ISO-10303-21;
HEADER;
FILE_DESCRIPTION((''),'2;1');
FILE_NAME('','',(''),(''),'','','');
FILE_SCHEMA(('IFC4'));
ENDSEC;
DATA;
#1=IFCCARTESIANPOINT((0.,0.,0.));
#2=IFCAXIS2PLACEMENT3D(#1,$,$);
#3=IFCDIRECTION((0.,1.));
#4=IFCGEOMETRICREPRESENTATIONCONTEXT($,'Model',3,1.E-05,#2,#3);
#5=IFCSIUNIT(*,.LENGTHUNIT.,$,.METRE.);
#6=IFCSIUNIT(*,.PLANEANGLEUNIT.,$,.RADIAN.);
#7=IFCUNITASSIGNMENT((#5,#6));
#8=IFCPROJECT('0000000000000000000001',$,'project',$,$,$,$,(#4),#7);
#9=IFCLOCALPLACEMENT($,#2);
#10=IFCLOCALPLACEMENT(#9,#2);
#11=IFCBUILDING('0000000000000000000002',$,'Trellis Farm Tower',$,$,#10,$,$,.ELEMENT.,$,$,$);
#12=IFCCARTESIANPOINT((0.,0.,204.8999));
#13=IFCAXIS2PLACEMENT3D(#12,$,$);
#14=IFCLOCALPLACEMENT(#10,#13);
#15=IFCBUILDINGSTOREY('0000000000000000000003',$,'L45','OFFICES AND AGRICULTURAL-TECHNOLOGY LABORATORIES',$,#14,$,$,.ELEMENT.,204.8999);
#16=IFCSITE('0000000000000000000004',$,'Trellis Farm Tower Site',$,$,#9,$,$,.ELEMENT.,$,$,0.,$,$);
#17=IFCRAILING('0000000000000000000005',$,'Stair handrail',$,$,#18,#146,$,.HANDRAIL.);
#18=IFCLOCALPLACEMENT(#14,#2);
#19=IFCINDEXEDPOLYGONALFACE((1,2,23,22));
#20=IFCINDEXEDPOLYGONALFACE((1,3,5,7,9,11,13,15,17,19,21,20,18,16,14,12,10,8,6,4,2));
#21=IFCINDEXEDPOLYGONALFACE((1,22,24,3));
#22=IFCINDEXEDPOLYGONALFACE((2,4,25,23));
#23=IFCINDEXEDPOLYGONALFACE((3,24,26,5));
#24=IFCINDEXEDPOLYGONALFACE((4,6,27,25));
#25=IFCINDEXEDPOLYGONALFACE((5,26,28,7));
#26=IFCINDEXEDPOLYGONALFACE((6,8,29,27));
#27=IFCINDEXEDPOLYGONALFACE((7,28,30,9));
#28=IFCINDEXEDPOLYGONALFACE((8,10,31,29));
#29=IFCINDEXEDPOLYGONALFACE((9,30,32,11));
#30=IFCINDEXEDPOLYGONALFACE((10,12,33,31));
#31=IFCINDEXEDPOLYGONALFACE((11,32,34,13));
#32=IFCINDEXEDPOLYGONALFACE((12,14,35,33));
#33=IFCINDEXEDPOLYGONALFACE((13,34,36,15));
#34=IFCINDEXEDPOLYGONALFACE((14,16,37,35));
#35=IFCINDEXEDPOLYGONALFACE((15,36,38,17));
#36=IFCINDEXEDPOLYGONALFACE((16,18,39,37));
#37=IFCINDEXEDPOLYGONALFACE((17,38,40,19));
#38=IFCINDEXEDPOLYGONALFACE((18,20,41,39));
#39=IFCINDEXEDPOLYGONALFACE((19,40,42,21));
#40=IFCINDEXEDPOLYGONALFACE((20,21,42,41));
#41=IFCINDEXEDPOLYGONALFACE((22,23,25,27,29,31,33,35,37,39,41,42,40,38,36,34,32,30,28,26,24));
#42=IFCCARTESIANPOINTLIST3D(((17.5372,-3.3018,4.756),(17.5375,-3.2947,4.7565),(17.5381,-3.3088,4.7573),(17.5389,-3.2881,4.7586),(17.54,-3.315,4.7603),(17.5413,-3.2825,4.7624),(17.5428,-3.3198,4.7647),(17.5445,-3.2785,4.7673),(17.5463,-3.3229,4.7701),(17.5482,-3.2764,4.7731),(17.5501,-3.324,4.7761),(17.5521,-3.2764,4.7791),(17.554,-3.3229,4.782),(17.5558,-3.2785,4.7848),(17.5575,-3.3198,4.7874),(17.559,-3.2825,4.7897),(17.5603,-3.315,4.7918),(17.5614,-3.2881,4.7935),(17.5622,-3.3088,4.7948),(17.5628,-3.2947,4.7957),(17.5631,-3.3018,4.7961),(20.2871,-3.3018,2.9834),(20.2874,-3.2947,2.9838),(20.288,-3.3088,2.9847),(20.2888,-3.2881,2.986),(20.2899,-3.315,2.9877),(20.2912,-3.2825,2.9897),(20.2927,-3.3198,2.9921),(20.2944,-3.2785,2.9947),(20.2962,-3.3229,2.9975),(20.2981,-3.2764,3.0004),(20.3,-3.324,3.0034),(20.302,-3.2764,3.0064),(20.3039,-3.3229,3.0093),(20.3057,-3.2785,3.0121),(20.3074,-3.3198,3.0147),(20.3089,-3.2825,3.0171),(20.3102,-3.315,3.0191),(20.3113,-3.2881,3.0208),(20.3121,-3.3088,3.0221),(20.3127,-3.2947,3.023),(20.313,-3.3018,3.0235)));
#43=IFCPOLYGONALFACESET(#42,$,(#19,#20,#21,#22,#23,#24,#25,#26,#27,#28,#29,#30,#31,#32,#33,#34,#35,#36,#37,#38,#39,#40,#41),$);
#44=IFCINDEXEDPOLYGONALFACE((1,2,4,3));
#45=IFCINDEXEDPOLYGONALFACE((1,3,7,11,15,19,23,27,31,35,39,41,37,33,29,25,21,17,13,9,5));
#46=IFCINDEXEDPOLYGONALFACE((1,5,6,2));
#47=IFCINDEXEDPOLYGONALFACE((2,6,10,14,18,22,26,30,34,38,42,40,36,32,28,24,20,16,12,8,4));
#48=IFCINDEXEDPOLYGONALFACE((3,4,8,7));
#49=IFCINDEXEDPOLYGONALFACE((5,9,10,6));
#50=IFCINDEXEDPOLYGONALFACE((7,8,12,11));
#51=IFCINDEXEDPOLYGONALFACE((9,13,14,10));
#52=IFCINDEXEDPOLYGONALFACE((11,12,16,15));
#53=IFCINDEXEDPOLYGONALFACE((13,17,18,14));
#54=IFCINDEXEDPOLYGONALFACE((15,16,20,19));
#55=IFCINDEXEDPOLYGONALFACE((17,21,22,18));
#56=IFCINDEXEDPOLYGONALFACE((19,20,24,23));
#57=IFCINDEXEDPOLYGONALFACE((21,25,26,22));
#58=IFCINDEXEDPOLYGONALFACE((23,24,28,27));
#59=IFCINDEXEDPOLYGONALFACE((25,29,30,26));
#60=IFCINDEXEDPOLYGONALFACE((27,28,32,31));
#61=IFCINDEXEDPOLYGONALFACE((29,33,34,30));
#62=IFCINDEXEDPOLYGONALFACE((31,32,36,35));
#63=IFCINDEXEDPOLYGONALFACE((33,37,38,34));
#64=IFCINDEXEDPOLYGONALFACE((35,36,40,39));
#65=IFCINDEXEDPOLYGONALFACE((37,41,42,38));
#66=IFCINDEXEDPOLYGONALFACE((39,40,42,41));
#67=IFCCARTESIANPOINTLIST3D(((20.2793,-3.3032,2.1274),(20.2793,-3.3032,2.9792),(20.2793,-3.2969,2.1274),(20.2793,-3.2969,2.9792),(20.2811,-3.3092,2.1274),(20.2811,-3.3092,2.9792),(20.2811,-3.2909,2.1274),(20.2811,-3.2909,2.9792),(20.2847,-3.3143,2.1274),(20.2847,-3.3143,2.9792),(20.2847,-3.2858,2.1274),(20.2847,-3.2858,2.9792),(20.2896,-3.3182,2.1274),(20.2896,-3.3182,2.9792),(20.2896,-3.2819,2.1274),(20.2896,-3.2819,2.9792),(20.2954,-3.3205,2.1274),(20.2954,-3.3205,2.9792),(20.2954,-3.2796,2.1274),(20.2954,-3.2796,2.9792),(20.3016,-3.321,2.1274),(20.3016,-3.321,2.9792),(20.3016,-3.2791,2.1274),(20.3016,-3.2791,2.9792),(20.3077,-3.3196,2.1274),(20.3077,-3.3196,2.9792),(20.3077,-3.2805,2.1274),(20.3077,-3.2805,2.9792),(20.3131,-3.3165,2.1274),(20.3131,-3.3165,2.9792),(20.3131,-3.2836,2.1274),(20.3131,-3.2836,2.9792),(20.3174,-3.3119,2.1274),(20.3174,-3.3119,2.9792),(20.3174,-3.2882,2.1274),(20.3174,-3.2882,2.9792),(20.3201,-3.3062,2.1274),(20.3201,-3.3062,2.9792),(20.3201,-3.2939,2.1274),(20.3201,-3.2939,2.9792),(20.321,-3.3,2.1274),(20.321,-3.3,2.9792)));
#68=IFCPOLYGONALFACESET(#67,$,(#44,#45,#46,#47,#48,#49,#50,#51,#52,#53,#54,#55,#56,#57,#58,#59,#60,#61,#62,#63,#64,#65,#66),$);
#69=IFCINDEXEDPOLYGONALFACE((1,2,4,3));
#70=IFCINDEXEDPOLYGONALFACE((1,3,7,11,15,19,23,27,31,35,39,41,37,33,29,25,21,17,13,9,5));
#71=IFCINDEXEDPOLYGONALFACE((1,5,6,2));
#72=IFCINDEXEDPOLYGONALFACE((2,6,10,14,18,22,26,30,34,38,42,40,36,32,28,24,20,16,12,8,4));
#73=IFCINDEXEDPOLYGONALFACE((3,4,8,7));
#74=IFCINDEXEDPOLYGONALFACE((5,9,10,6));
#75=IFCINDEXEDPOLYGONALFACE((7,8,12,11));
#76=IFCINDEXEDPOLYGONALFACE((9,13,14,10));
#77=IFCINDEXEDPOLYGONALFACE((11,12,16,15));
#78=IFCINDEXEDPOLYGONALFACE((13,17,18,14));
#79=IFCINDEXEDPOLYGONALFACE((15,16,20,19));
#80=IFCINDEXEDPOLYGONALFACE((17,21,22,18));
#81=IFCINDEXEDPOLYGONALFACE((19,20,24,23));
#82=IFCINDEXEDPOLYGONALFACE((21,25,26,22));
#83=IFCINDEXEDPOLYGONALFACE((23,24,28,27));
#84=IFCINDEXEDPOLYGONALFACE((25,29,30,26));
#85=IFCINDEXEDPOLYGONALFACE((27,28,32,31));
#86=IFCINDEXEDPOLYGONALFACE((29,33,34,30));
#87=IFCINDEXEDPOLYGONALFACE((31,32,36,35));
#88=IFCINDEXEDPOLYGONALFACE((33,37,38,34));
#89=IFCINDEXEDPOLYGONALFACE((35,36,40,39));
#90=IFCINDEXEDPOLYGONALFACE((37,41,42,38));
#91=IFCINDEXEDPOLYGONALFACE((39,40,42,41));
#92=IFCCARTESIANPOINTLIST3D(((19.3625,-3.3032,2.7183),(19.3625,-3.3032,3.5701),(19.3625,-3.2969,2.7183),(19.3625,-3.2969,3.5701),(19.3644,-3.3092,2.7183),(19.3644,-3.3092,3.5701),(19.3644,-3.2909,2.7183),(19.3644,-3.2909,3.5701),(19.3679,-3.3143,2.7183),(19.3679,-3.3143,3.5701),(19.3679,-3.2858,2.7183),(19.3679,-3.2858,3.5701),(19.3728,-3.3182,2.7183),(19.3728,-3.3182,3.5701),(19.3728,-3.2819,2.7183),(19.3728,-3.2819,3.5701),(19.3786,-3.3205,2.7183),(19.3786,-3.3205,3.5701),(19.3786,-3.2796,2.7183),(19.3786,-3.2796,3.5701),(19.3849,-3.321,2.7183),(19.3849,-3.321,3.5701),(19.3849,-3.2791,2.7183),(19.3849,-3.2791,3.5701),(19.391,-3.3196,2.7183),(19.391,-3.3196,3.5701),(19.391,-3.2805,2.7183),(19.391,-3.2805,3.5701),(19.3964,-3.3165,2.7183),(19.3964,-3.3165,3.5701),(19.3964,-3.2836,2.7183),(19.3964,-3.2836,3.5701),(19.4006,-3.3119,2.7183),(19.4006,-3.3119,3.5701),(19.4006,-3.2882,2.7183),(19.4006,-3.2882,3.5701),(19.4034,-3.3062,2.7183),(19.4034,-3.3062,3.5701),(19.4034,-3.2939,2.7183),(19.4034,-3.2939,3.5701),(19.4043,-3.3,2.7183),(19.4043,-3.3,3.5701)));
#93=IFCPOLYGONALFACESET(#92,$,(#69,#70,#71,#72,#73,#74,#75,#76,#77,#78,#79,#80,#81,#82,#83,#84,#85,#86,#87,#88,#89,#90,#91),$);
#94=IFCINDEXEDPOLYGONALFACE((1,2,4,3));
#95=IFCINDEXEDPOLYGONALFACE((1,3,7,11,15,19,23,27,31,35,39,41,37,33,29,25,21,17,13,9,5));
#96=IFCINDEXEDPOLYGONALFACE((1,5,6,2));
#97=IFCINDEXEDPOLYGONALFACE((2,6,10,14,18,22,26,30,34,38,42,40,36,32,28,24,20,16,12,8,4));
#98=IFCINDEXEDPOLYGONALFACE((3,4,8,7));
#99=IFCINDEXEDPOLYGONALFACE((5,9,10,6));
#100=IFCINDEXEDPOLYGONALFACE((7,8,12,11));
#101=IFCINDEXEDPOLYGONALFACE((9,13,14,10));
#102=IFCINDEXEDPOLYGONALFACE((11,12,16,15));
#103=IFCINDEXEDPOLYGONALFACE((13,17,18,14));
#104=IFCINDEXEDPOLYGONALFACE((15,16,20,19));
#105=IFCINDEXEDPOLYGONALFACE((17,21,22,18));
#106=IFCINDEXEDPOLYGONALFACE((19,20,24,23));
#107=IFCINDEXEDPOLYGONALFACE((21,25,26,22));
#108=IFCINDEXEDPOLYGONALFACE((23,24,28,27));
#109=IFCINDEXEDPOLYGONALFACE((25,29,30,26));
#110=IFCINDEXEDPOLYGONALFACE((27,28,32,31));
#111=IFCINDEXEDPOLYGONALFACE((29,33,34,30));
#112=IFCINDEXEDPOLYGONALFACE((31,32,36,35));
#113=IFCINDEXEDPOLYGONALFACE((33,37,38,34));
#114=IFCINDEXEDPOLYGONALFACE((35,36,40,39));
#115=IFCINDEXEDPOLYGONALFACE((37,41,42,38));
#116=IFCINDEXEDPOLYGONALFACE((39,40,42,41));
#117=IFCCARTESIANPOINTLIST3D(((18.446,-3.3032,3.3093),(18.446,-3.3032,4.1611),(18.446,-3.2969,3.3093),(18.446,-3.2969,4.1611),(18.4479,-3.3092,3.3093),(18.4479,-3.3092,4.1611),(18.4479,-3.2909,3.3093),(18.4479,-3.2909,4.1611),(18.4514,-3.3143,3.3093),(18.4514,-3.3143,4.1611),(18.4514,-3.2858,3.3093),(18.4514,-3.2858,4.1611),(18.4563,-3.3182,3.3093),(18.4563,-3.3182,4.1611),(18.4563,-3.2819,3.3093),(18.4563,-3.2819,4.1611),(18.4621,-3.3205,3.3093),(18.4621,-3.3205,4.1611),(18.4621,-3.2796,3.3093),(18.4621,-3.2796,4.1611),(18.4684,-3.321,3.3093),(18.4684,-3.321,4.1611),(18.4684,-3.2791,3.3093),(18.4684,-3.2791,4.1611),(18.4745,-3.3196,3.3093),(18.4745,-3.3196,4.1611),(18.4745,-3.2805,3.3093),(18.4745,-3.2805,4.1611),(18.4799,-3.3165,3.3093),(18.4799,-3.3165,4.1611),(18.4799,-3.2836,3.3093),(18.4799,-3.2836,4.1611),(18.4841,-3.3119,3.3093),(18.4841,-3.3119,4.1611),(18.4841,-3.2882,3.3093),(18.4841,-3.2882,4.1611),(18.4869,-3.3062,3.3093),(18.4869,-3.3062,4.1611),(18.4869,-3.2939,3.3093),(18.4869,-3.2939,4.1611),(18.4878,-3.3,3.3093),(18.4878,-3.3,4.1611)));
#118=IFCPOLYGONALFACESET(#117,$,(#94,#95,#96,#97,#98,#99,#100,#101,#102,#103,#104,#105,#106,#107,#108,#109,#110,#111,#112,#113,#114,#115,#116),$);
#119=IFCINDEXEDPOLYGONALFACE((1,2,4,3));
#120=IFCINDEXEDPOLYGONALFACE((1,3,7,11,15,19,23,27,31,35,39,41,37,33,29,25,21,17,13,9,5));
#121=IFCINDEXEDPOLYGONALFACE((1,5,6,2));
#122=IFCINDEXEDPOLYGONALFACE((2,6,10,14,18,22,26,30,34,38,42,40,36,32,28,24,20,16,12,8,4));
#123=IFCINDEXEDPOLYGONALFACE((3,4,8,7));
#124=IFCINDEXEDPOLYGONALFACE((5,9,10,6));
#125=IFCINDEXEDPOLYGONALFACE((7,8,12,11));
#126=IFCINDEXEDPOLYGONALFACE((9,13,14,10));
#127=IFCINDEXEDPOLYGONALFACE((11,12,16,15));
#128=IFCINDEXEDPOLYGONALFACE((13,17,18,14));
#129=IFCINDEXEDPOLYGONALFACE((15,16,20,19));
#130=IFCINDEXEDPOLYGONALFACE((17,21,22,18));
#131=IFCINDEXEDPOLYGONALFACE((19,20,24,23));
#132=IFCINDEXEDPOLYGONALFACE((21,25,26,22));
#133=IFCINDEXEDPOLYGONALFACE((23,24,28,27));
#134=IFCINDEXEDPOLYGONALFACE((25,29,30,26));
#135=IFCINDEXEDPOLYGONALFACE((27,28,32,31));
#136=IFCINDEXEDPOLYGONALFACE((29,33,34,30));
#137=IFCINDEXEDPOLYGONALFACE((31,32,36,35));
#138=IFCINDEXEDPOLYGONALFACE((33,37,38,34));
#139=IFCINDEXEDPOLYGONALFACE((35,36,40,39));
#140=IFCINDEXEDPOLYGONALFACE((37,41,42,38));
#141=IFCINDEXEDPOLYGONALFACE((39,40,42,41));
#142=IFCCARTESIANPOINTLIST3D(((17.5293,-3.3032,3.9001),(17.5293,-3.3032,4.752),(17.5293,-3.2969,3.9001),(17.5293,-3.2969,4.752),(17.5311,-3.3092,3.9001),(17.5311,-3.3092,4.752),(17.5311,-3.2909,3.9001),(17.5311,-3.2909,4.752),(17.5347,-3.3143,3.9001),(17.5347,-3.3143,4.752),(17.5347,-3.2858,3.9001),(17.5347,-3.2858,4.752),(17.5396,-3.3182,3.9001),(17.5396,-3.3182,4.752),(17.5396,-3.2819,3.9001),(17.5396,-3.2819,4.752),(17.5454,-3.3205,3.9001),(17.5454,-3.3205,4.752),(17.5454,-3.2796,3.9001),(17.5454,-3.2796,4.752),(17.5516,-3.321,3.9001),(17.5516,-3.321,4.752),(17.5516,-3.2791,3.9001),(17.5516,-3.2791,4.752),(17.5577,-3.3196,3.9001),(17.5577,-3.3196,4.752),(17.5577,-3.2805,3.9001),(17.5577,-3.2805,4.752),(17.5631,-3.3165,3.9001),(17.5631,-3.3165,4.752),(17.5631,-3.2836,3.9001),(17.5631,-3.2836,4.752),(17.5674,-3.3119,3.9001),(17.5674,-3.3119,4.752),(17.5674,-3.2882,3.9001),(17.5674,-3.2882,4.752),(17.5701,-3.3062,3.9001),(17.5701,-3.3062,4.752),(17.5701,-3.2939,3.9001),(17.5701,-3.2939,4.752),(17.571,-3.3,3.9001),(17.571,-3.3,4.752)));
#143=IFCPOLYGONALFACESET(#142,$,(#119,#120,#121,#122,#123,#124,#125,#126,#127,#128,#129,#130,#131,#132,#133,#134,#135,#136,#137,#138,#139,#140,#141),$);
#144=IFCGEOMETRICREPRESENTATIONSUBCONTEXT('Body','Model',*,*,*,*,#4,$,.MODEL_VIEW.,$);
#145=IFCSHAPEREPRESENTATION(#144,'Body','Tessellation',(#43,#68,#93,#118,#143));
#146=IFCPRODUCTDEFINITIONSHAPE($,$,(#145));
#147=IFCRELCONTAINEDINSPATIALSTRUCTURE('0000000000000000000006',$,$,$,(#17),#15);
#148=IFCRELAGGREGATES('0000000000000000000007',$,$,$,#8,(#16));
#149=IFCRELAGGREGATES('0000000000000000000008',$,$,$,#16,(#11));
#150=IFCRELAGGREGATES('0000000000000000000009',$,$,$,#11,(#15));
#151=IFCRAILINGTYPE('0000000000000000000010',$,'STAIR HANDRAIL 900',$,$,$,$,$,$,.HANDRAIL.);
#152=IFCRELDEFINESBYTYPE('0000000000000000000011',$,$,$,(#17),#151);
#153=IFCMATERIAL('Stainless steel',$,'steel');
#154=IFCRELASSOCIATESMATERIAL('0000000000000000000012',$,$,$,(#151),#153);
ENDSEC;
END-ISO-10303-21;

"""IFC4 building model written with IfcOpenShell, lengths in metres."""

from ifc_helpers import new_model, si_unit, direction, frame, origin, origin_2d, place, context, subcontext, project, spatial, circle, extrude, source, transform, mapped, material, type_object, element, save


model = new_model("IFC4")

# Units and contexts
model_context = context("Model", 3, precision=1e-05, world=origin(), true_north=direction((0.0, 1.0)))
body_context = subcontext(model_context, "Body", "Model", "MODEL_VIEW")
ifc_project = project(units=[si_unit("LENGTHUNIT", "METRE"), si_unit("PLANEANGLEUNIT", "RADIAN")], contexts=[model_context])

# Site, building, storey
site_placement = place(None, origin())
site = spatial("IfcSite", under=ifc_project, at=site_placement, Name="Trellis Farm Tower Site", CompositionType="ELEMENT", RefElevation=0.0)
building_placement = place(site_placement, origin())
building = spatial("IfcBuilding", under=site, at=building_placement, Name="Trellis Farm Tower", CompositionType="ELEMENT")
storey_placement = place(building_placement, frame((0.0, 0.0, 204.8999)))
storey = spatial("IfcBuildingStorey", under=building, at=storey_placement, Name="L45", Description="OFFICES AND AGRICULTURAL-TECHNOLOGY LABORATORIES", CompositionType="ELEMENT", Elevation=204.8999)

# Railing
ifc_material_1 = material(Name="Stainless steel", Category="steel")
railing_type = type_object("IfcRailingType", Name="STAIR HANDRAIL 900", PredefinedType="HANDRAIL", material=ifc_material_1)
shared_shape_1 = source(origin(), body_context, "Body", "SweptSolid", [
    extrude(circle(Radius=0.0239, at=origin_2d()), frame((0.0, 0.0, 0.876), z_axis=(-0.840504, 0.0, 0.541806), x_axis=(0.0, -1.0, 0.0)), (0.0, 0.0, 1.0), 3.2717),
    extrude(circle(Radius=0.021, at=origin_2d()), origin(), (0.0, 0.0, 1.0), 0.8518),
    extrude(circle(Radius=0.021, at=origin_2d()), frame((-0.9167, 0.0, 0.5908)), (0.0, 0.0, 1.0), 0.8518),
    extrude(circle(Radius=0.021, at=origin_2d()), frame((-1.8333, 0.0, 1.1819)), (0.0, 0.0, 1.0), 0.8518),
    extrude(circle(Radius=0.021, at=origin_2d()), frame((-2.75, 0.0, 1.7727)), (0.0, 0.0, 1.0), 0.8518),
])
for number, where, name in (
    (1, (20.3, -3.3, 2.1274), "Stair handrail"),
):
    element("IfcRailing", number, at=place(storey_placement, frame(where)), inside=storey, type_object=railing_type, Name=name, PredefinedType="HANDRAIL", context=body_context, shape_type="MappedRepresentation", body=[
        mapped(shared_shape_1, transform((0.0, 0.0, 0.0))),
    ])

save(model, "model.ifc")
